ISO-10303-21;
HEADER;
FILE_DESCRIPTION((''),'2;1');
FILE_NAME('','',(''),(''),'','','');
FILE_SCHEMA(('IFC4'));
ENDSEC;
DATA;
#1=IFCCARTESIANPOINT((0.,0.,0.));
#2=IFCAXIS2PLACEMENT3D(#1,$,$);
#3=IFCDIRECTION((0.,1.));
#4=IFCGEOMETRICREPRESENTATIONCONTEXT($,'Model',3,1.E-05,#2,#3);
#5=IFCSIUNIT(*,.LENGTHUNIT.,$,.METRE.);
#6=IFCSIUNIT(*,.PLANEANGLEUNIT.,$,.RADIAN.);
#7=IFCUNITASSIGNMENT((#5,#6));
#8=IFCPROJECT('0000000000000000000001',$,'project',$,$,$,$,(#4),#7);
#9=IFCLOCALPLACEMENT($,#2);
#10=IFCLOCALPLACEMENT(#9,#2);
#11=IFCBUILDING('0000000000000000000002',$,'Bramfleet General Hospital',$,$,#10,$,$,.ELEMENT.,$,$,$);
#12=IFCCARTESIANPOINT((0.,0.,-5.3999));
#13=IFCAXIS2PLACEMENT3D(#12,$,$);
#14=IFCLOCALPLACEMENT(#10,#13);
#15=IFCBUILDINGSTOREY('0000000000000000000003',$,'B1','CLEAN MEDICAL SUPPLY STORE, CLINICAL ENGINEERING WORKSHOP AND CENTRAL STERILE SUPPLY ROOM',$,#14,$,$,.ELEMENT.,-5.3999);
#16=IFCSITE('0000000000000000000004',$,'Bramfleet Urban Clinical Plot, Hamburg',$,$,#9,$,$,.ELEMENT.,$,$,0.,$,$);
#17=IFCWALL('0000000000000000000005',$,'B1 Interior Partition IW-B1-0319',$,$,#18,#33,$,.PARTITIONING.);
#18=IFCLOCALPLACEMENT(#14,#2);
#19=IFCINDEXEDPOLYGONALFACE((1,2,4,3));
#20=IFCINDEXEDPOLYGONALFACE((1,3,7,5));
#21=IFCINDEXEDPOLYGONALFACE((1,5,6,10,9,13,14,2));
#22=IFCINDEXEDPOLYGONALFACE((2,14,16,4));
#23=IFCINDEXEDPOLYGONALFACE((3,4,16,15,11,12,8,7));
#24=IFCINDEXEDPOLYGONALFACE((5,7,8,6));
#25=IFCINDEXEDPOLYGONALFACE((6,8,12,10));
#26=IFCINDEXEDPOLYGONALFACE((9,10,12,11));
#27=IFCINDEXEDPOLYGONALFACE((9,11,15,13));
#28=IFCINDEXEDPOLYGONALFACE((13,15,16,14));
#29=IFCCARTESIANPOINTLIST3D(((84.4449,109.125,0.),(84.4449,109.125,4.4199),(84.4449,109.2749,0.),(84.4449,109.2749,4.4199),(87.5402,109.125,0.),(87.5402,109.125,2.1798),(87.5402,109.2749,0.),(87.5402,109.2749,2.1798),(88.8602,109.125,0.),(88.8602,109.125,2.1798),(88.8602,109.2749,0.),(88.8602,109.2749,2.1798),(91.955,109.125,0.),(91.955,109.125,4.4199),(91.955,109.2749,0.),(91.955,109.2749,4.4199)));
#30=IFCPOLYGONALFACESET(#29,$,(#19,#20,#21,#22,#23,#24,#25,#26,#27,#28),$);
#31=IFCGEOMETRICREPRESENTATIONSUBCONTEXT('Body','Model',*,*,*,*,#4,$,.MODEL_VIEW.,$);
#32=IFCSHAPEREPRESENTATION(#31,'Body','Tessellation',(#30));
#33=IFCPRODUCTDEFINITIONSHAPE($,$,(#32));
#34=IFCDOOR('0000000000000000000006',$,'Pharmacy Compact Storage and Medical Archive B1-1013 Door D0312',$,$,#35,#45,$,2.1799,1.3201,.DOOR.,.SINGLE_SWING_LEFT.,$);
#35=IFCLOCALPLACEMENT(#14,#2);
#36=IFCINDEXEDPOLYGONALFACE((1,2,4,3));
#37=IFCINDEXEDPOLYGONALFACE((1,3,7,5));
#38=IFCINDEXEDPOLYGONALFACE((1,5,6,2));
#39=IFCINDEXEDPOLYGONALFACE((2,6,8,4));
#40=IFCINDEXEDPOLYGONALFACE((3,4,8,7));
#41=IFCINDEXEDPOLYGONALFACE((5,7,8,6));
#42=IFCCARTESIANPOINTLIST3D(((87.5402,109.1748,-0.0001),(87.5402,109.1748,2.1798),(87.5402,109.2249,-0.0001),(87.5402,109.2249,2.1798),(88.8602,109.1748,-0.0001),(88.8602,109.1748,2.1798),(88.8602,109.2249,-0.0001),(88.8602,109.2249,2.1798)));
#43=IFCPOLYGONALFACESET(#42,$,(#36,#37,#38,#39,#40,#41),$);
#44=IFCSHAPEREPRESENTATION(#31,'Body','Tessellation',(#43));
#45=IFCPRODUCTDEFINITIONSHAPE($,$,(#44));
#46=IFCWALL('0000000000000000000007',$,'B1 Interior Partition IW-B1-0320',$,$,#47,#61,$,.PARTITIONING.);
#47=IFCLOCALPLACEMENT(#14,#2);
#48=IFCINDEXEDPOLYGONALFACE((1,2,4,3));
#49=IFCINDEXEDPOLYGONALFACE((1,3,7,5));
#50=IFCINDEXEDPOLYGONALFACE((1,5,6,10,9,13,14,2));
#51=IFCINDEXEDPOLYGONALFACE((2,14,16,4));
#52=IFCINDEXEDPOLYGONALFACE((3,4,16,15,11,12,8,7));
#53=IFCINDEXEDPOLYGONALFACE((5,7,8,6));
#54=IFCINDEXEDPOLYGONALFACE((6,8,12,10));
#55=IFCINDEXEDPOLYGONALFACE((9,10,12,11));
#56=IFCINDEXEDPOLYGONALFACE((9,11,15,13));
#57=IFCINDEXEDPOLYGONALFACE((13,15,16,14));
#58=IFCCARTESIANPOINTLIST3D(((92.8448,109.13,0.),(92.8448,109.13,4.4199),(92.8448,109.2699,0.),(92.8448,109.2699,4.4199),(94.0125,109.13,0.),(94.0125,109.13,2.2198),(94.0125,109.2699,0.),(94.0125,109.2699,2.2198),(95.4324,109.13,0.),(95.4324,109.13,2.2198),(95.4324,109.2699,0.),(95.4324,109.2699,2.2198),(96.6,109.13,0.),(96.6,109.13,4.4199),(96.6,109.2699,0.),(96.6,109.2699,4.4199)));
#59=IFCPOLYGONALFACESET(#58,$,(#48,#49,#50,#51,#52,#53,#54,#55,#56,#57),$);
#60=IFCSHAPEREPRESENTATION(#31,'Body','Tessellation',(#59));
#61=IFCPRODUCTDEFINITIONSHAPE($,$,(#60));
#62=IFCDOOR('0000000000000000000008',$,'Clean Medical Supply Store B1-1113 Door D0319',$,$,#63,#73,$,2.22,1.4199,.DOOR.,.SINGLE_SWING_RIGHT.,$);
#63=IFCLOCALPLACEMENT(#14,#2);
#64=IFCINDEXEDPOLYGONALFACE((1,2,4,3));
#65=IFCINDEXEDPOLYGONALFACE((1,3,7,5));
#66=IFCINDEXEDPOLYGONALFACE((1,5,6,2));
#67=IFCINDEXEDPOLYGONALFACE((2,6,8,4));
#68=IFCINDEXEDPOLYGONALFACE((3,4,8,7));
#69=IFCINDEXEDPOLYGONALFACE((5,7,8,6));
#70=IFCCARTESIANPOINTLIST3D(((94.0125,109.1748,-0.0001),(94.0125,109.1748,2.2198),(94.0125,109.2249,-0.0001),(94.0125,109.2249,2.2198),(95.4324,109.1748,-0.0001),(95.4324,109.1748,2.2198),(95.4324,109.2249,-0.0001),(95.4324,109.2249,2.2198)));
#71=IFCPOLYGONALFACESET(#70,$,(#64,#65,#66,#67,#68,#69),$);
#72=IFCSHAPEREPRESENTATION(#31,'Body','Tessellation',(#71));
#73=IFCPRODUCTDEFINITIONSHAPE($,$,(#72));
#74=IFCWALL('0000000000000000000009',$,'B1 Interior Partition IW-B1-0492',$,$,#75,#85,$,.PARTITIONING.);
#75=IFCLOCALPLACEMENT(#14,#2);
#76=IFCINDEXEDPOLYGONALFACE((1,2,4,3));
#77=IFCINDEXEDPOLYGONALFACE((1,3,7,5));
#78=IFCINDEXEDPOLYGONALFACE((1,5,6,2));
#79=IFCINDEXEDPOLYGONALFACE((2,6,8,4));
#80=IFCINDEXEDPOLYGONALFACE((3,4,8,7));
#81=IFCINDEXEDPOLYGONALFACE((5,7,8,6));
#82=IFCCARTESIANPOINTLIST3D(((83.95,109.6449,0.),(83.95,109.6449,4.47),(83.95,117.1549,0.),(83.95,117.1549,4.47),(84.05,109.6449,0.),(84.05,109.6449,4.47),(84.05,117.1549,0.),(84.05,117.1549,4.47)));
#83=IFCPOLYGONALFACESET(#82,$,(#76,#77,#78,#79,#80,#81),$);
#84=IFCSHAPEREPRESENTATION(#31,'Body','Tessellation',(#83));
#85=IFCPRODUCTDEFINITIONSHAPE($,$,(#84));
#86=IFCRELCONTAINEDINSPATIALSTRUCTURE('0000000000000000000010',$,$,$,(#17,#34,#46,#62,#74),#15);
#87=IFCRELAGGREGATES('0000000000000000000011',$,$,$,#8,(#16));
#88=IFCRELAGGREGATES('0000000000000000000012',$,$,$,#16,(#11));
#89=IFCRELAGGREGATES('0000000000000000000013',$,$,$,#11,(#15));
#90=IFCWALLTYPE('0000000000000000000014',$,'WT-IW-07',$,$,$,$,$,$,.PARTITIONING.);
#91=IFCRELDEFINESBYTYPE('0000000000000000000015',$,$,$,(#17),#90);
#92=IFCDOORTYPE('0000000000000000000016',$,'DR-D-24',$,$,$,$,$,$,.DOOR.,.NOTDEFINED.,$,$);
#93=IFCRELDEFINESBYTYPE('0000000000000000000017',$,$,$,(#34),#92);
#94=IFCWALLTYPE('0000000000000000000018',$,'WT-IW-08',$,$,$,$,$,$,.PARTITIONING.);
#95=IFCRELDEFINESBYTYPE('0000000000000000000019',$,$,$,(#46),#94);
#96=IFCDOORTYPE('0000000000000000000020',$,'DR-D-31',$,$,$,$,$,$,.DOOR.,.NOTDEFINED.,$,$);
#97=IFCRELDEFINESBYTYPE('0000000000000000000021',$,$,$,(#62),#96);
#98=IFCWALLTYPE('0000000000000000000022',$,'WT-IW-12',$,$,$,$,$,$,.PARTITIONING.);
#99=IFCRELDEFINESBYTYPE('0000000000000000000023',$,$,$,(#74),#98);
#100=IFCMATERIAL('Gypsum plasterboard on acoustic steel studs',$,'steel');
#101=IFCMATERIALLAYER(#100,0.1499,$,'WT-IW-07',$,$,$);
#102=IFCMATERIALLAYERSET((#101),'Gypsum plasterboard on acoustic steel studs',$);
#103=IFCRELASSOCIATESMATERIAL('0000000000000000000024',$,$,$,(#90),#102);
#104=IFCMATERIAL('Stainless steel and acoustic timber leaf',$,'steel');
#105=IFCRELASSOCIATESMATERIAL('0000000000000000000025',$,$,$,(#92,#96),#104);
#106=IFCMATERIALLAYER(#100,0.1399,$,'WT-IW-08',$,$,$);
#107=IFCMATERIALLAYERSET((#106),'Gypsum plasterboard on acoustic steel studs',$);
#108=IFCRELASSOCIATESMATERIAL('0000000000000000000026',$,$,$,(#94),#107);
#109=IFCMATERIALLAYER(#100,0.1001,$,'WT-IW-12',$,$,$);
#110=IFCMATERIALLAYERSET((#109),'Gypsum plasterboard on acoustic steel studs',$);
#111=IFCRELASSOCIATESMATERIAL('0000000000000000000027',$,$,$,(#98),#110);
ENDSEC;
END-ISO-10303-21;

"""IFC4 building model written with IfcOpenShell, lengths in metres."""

from ifc_helpers import new_model, si_unit, direction, frame, frame_2d, origin, place, context, subcontext, project, spatial, rectangle, extrude, material, layer, layer_set, type_object, element, fill, save


model = new_model("IFC4")

# Units and contexts
model_context = context("Model", 3, precision=1e-05, world=origin(), true_north=direction((0.0, 1.0)))
body_context = subcontext(model_context, "Body", "Model", "MODEL_VIEW")
ifc_project = project(units=[si_unit("LENGTHUNIT", "METRE"), si_unit("PLANEANGLEUNIT", "RADIAN")], contexts=[model_context])

# Site, building, storey
site_placement = place(None, origin())
site = spatial("IfcSite", under=ifc_project, at=site_placement, Name="Bramfleet Urban Clinical Plot, Hamburg", CompositionType="ELEMENT", RefElevation=0.0)
building_placement = place(site_placement, origin())
building = spatial("IfcBuilding", under=site, at=building_placement, Name="Bramfleet General Hospital", CompositionType="ELEMENT")
storey_placement = place(building_placement, frame((0.0, 0.0, -5.3999)))
storey = spatial("IfcBuildingStorey", under=building, at=storey_placement, Name="B1", Description="CLEAN MEDICAL SUPPLY STORE, CLINICAL ENGINEERING WORKSHOP AND CENTRAL STERILE SUPPLY ROOM", CompositionType="ELEMENT", Elevation=-5.3999)

# Shared definitions
ifc_material_1 = material(Name="Gypsum plasterboard on acoustic steel studs", Category="steel")
ifc_layer_1 = layer(ifc_material_1, 0.1499, Name="WT-IW-07")
ifc_layer_set_1 = layer_set([ifc_layer_1], Name="Gypsum plasterboard on acoustic steel studs")
wall_type_1 = type_object("IfcWallType", Name="WT-IW-07", PredefinedType="PARTITIONING", material=ifc_layer_set_1)

# Walls, openings, doors
wall_1_placement = place(storey_placement, frame((84.4451, 109.2, 0.0), z_axis=(0.0, 0.0, 1.0), x_axis=(1.0, 0.0, 0.0)))
wall_1 = element("IfcWall", 1, at=wall_1_placement, inside=storey, type_object=wall_type_1, Name="B1 Interior Partition IW-B1-0319", PredefinedType="PARTITIONING", context=body_context, shape_type="SweptSolid", body=[
    extrude(rectangle(XDim=7.51, YDim=0.1499, at=frame_2d((3.7549, 0.0))), origin(), (0.0, 0.0, 1.0), 4.4199),
])
opening_1_placement = place(wall_1_placement, frame((3.095, 0.0, 0.0)))
opening_1 = element("IfcOpeningElement", 2, at=opening_1_placement, cuts=wall_1, PredefinedType="OPENING", context=body_context, shape_type="SweptSolid", body=[
    extrude(rectangle(XDim=1.3201, YDim=2.1799, at=frame_2d((0.6602, 1.0898))), frame((0.0, 0.085, 0.0), z_axis=(0.0, -1.0, 0.0), x_axis=(1.0, 0.0, 0.0)), (0.0, 0.0, 1.0), 0.1699),
])
ifc_material_2 = material(Name="Stainless steel and acoustic timber leaf", Category="steel")
door_type_1 = type_object("IfcDoorType", Name="DR-D-24", OperationType="NOTDEFINED", PredefinedType="DOOR", material=ifc_material_2)
door_1_placement = place(opening_1_placement, origin())
door_1 = element("IfcDoor", 3, at=door_1_placement, inside=storey, type_object=door_type_1, Name="Pharmacy Compact Storage and Medical Archive B1-1013 Door D0312", OperationType="SINGLE_SWING_LEFT", OverallHeight=2.1799, OverallWidth=1.3201, PredefinedType="DOOR", context=body_context, shape_type="SweptSolid", body=[
    extrude(rectangle(XDim=1.3201, YDim=2.1799, at=frame_2d((0.6602, 1.0898))), frame((0.0, 0.0249, 0.0), z_axis=(0.0, -1.0, 0.0), x_axis=(1.0, 0.0, 0.0)), (0.0, 0.0, 1.0), 0.05),
])
fill(opening_1, door_1)
ifc_layer_2 = layer(ifc_material_1, 0.1399, Name="WT-IW-08")
ifc_layer_set_2 = layer_set([ifc_layer_2], Name="Gypsum plasterboard on acoustic steel studs")
wall_type_2 = type_object("IfcWallType", Name="WT-IW-08", PredefinedType="PARTITIONING", material=ifc_layer_set_2)
wall_2_placement = place(storey_placement, frame((92.845, 109.2, 0.0), z_axis=(0.0, 0.0, 1.0), x_axis=(1.0, 0.0, 0.0)))
wall_2 = element("IfcWall", 4, at=wall_2_placement, inside=storey, type_object=wall_type_2, Name="B1 Interior Partition IW-B1-0320", PredefinedType="PARTITIONING", context=body_context, shape_type="SweptSolid", body=[
    extrude(rectangle(XDim=3.7551, YDim=0.1399, at=frame_2d((1.8774, 0.0))), origin(), (0.0, 0.0, 1.0), 4.4199),
])
opening_2_placement = place(wall_2_placement, frame((1.1675, 0.0, 0.0)))
opening_2 = element("IfcOpeningElement", 5, at=opening_2_placement, cuts=wall_2, PredefinedType="OPENING", context=body_context, shape_type="SweptSolid", body=[
    extrude(rectangle(XDim=1.4199, YDim=2.22, at=frame_2d((0.71, 1.1099))), frame((0.0, 0.0798, 0.0), z_axis=(0.0, -1.0, 0.0), x_axis=(1.0, 0.0, 0.0)), (0.0, 0.0, 1.0), 0.1599),
])
door_type_2 = type_object("IfcDoorType", Name="DR-D-31", OperationType="NOTDEFINED", PredefinedType="DOOR", material=ifc_material_2)
door_2_placement = place(opening_2_placement, origin())
door_2 = element("IfcDoor", 6, at=door_2_placement, inside=storey, type_object=door_type_2, Name="Clean Medical Supply Store B1-1113 Door D0319", OperationType="SINGLE_SWING_RIGHT", OverallHeight=2.22, OverallWidth=1.4199, PredefinedType="DOOR", context=body_context, shape_type="SweptSolid", body=[
    extrude(rectangle(XDim=1.4199, YDim=2.22, at=frame_2d((0.71, 1.1099))), frame((0.0, 0.0249, 0.0), z_axis=(0.0, -1.0, 0.0), x_axis=(1.0, 0.0, 0.0)), (0.0, 0.0, 1.0), 0.05),
])
fill(opening_2, door_2)

# Wall
ifc_layer_3 = layer(ifc_material_1, 0.1001, Name="WT-IW-12")
ifc_layer_set_3 = layer_set([ifc_layer_3], Name="Gypsum plasterboard on acoustic steel studs")
wall_type_3 = type_object("IfcWallType", Name="WT-IW-12", PredefinedType="PARTITIONING", material=ifc_layer_set_3)
wall_3_placement = place(storey_placement, frame((84.0, 109.645, 0.0), z_axis=(0.0, 0.0, 1.0), x_axis=(0.0, 1.0, 0.0)))
element("IfcWall", 7, at=wall_3_placement, inside=storey, type_object=wall_type_3, Name="B1 Interior Partition IW-B1-0492", PredefinedType="PARTITIONING", context=body_context, shape_type="SweptSolid", body=[
    extrude(rectangle(XDim=7.51, YDim=0.1001, at=frame_2d((3.7549, 0.0))), origin(), (0.0, 0.0, 1.0), 4.47),
])

save(model, "model.ifc")
